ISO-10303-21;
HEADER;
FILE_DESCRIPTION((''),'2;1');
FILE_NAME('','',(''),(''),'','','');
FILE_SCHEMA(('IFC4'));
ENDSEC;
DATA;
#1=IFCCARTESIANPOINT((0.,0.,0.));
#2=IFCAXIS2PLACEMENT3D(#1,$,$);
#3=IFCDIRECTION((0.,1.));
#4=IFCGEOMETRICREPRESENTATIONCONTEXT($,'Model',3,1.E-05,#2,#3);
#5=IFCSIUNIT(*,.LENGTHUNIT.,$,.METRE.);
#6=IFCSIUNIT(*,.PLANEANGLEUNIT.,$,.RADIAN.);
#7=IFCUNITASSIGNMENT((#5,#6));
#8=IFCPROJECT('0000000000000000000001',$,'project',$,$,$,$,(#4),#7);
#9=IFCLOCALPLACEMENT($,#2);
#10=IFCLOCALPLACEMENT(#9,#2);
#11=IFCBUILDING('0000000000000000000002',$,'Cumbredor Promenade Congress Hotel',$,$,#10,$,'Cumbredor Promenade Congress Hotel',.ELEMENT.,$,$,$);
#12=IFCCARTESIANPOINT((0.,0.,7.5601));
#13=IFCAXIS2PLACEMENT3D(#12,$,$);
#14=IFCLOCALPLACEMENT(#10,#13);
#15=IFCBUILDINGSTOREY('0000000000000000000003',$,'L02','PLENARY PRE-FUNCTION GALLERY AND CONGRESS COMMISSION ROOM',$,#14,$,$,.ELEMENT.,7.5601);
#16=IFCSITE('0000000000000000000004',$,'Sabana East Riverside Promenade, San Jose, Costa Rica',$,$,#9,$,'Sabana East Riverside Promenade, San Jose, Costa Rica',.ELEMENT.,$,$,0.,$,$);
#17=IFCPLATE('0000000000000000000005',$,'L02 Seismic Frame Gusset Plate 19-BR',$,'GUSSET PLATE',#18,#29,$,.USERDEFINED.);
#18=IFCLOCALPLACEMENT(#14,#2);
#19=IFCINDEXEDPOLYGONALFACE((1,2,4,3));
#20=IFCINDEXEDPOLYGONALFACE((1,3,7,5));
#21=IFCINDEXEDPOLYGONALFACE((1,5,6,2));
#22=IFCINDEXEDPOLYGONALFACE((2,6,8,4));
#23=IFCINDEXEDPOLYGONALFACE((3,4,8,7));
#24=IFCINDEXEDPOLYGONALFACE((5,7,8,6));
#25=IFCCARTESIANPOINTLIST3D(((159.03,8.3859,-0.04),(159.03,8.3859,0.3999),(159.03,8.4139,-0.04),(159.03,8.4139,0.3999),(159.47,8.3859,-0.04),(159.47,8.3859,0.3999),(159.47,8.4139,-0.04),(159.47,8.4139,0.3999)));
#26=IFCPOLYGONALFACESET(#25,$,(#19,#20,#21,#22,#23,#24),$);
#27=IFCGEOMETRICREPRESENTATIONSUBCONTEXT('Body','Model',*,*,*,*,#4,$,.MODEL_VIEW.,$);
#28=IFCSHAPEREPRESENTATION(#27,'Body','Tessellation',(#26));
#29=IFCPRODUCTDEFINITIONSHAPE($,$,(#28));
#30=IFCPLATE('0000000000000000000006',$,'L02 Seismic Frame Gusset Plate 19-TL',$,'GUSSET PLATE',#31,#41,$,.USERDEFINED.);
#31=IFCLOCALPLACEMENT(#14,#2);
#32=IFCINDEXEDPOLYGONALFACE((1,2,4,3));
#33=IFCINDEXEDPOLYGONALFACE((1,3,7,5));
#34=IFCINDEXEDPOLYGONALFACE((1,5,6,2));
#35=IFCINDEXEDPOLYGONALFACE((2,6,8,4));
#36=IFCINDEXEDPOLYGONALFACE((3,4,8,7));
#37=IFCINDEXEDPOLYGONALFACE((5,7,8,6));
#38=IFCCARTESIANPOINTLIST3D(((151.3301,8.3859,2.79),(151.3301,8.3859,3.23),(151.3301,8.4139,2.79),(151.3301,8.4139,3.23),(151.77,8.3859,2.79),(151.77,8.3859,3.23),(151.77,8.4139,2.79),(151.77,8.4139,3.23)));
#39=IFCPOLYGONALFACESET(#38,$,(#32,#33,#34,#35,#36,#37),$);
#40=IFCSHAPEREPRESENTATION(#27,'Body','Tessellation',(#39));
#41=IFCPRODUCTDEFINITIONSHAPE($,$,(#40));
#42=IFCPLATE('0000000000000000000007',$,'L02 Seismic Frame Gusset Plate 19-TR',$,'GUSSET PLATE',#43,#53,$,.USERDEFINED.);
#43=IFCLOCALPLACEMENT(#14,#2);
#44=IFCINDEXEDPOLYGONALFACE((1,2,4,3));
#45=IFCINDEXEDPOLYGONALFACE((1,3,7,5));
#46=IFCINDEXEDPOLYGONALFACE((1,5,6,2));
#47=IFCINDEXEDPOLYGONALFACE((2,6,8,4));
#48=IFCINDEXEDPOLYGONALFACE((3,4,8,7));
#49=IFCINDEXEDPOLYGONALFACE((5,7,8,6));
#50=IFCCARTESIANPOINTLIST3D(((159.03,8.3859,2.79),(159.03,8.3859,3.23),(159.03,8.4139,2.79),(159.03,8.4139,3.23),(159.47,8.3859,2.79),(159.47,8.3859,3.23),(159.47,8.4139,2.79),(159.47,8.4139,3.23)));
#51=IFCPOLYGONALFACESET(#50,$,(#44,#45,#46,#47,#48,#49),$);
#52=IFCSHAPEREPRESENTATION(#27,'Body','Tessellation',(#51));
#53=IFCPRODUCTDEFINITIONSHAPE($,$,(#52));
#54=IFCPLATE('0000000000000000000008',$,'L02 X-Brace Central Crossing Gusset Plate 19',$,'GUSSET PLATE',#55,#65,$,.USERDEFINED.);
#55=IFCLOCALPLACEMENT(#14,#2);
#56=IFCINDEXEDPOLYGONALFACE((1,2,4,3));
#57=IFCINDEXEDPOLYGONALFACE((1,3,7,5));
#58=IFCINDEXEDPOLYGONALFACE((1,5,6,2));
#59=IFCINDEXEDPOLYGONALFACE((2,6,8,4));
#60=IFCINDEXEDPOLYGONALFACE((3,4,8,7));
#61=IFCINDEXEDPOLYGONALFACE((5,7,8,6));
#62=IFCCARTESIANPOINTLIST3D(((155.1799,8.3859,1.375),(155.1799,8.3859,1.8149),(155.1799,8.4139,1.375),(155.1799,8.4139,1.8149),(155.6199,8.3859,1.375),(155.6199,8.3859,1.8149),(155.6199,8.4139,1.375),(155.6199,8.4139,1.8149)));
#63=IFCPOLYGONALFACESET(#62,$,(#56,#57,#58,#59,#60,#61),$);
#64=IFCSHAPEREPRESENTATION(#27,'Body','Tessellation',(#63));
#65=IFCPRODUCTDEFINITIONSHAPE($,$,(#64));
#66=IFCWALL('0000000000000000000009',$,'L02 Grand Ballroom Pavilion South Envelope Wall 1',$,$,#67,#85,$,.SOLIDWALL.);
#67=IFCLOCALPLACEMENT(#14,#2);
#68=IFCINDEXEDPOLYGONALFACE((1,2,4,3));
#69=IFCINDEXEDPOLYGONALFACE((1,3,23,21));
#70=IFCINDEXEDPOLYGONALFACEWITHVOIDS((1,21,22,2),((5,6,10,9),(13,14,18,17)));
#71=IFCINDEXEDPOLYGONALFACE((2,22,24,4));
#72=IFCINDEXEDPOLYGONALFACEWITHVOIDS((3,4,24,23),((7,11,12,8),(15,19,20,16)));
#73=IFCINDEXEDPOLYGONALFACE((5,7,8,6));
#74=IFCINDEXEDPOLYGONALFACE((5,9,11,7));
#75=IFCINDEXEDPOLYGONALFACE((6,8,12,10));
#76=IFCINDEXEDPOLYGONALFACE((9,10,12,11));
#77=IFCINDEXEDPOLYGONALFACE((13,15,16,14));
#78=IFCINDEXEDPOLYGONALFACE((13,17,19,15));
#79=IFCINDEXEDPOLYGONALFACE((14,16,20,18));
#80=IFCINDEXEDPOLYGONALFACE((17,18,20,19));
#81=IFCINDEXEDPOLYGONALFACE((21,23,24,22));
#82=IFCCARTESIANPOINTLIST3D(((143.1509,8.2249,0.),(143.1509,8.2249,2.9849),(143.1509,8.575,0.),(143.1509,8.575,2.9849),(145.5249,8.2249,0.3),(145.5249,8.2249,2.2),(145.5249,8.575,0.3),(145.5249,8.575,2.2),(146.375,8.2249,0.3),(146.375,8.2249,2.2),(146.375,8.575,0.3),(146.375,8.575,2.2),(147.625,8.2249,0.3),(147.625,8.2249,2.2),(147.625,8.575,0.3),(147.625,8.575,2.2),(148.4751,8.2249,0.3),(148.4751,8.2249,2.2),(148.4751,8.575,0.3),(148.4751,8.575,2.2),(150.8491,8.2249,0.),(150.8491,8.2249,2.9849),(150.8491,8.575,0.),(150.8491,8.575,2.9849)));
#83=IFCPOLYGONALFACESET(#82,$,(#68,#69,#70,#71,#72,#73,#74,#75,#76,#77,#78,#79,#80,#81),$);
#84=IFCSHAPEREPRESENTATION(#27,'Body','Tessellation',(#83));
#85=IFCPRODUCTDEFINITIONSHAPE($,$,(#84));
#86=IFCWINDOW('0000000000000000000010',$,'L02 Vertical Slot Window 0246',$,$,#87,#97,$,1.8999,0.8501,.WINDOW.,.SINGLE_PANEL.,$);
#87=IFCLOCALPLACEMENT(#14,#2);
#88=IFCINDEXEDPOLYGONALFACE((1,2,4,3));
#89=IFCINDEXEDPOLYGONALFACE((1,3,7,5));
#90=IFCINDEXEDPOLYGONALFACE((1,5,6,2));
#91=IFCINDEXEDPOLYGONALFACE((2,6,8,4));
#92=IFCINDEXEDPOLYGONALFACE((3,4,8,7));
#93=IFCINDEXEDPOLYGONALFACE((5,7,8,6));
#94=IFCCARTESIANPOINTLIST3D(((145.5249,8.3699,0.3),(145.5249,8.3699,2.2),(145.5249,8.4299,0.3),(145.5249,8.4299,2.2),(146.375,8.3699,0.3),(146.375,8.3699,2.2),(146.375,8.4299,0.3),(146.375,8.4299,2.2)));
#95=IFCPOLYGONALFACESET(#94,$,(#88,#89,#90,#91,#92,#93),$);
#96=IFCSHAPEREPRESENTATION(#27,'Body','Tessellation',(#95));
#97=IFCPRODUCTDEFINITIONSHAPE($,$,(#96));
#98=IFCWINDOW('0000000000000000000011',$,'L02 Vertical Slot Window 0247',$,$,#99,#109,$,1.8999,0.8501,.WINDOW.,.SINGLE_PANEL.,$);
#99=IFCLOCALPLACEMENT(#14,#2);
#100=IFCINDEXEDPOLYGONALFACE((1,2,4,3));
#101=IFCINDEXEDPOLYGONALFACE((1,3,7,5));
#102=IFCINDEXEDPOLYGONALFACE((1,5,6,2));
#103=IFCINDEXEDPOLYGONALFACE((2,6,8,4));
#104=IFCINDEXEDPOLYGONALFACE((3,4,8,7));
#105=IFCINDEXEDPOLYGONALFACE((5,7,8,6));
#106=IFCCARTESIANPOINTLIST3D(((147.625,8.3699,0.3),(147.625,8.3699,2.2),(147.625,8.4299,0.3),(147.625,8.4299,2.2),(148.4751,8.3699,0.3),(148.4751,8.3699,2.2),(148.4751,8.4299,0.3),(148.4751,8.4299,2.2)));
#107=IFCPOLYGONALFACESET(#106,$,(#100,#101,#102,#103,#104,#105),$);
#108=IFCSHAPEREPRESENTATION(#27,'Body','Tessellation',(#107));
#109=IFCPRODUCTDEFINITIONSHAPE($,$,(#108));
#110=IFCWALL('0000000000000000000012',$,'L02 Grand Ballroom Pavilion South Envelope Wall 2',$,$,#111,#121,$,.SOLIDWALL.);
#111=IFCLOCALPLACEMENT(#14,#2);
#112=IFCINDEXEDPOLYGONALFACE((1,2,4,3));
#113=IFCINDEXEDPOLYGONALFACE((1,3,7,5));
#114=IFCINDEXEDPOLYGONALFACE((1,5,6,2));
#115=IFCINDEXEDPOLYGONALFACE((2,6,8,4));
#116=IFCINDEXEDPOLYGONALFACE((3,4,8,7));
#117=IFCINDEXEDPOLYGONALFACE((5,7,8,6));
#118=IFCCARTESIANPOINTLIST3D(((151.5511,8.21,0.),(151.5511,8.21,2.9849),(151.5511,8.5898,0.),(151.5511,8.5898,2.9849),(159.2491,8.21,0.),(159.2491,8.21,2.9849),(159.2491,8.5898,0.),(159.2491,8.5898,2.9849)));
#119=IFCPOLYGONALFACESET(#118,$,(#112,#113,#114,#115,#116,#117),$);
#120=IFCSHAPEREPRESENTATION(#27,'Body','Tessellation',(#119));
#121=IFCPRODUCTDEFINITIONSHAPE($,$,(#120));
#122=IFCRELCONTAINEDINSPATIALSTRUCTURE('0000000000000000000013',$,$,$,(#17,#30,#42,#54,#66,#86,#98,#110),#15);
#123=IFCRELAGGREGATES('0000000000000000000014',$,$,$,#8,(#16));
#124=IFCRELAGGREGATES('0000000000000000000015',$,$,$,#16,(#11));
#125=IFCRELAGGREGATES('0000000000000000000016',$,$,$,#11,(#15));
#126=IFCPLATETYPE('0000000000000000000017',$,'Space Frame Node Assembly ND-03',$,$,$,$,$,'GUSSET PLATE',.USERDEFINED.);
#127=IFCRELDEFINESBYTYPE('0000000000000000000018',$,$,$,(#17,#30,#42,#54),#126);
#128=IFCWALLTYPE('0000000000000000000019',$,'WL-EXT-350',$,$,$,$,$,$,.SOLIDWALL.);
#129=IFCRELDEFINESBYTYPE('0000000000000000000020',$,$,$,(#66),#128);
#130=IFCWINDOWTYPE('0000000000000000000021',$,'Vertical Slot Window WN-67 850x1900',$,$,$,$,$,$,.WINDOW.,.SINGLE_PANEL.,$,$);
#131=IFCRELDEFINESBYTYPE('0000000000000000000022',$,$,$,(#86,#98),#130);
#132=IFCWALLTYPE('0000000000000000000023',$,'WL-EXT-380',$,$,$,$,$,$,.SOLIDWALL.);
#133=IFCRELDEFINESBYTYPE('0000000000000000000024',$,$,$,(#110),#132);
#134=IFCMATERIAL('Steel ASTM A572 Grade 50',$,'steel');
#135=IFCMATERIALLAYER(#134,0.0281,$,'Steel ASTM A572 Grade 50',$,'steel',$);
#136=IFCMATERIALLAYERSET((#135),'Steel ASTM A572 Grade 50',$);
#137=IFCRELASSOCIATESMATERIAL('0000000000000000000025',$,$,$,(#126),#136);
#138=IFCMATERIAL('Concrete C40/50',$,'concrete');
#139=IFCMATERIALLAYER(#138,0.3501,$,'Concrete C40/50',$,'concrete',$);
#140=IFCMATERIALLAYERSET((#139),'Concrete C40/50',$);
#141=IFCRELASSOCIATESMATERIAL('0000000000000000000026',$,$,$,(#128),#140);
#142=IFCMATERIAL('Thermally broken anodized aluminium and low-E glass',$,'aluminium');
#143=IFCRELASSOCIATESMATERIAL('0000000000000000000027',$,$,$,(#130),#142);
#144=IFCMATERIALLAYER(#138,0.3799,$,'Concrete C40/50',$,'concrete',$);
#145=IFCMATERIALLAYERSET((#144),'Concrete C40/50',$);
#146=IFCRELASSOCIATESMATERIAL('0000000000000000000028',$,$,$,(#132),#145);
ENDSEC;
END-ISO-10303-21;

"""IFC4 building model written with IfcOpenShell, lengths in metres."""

from ifc_helpers import new_model, si_unit, direction, frame, frame_2d, origin, origin_2d, place, context, subcontext, project, spatial, rectangle, extrude, material, layer, layer_set, type_object, element, fill, save


model = new_model("IFC4")

# Units and contexts
model_context = context("Model", 3, precision=1e-05, world=origin(), true_north=direction((0.0, 1.0)))
body_context = subcontext(model_context, "Body", "Model", "MODEL_VIEW")
ifc_project = project(units=[si_unit("LENGTHUNIT", "METRE"), si_unit("PLANEANGLEUNIT", "RADIAN")], contexts=[model_context])

# Site, building, storey
site_placement = place(None, origin())
site = spatial("IfcSite", under=ifc_project, at=site_placement, Name="Sabana East Riverside Promenade, San Jose, Costa Rica", LongName="Sabana East Riverside Promenade, San Jose, Costa Rica", CompositionType="ELEMENT", RefElevation=0.0)
building_placement = place(site_placement, origin())
building = spatial("IfcBuilding", under=site, at=building_placement, Name="Cumbredor Promenade Congress Hotel", LongName="Cumbredor Promenade Congress Hotel", CompositionType="ELEMENT")
storey_placement = place(building_placement, frame((0.0, 0.0, 7.5601)))
storey = spatial("IfcBuildingStorey", under=building, at=storey_placement, Name="L02", Description="PLENARY PRE-FUNCTION GALLERY AND CONGRESS COMMISSION ROOM", CompositionType="ELEMENT", Elevation=7.5601)

# Shared definitions
ifc_material_1 = material(Name="Concrete C40/50", Category="concrete")

# Shared definitions
ifc_material_2 = material(Name="Thermally broken anodized aluminium and low-E glass", Category="aluminium")

# Shared definitions
ifc_material_3 = material(Name="Steel ASTM A572 Grade 50", Category="steel")

# Plates
ifc_layer_1 = layer(ifc_material_3, 0.0281, Name="Steel ASTM A572 Grade 50", Category="steel")
ifc_layer_set_1 = layer_set([ifc_layer_1], Name="Steel ASTM A572 Grade 50")
plate_type_1 = type_object("IfcPlateType", Name="Space Frame Node Assembly ND-03", ElementType="GUSSET PLATE", PredefinedType="USERDEFINED", material=ifc_layer_set_1)
for number, where, z_axis, x_axis, name in (
    (1, (159.25, 8.3999, -0.04), (0.0, 0.0, 1.0), (1.0, 0.0, 0.0), "L02 Seismic Frame Gusset Plate 19-BR"),
    (2, (151.55, 8.3999, 2.79), (0.0, 0.0, 1.0), (1.0, 0.0, 0.0), "L02 Seismic Frame Gusset Plate 19-TL"),
    (3, (159.25, 8.3999, 2.79), (0.0, 0.0, 1.0), (1.0, 0.0, 0.0), "L02 Seismic Frame Gusset Plate 19-TR"),
    (4, (155.3999, 8.3999, 1.375), (0.0, 0.0, 1.0), (1.0, 0.0, 0.0), "L02 X-Brace Central Crossing Gusset Plate 19"),
):
    element("IfcPlate", number, at=place(storey_placement, frame(where, z_axis=z_axis, x_axis=x_axis)), inside=storey, type_object=plate_type_1, Name=name, ObjectType="GUSSET PLATE", PredefinedType="USERDEFINED", context=body_context, shape_type="SweptSolid", body=[
        extrude(rectangle(XDim=0.4399, YDim=0.0281, at=origin_2d()), origin(), (0.0, 0.0, 1.0), 0.4399),
    ])

# Wall, openings, windows
ifc_layer_2 = layer(ifc_material_1, 0.3501, Name="Concrete C40/50", Category="concrete")
ifc_layer_set_2 = layer_set([ifc_layer_2], Name="Concrete C40/50")
wall_type_1 = type_object("IfcWallType", Name="WL-EXT-350", PredefinedType="SOLIDWALL", material=ifc_layer_set_2)
wall_1_placement = place(storey_placement, frame((143.1509, 8.3999, 0.0), z_axis=(0.0, 0.0, 1.0), x_axis=(1.0, 0.0, 0.0)))
wall_1 = element("IfcWall", 5, at=wall_1_placement, inside=storey, type_object=wall_type_1, Name="L02 Grand Ballroom Pavilion South Envelope Wall 1", PredefinedType="SOLIDWALL", context=body_context, shape_type="SweptSolid", body=[
    extrude(rectangle(XDim=7.6982, YDim=0.3501, at=frame_2d((3.8491, 0.0))), origin(), (0.0, 0.0, 1.0), 2.9849),
])
opening_1_placement = place(wall_1_placement, frame((2.374, 0.0, 0.3)))
opening_1 = element("IfcOpeningElement", 6, at=opening_1_placement, cuts=wall_1, PredefinedType="OPENING", context=body_context, shape_type="SweptSolid", body=[
    extrude(rectangle(XDim=0.8501, YDim=1.8999, at=frame_2d((0.425, 0.95))), frame((0.0, 0.1851, 0.0), z_axis=(0.0, -1.0, 0.0), x_axis=(1.0, 0.0, 0.0)), (0.0, 0.0, 1.0), 0.3701),
])
opening_2_placement = place(wall_1_placement, frame((4.4741, 0.0, 0.3)))
opening_2 = element("IfcOpeningElement", 7, at=opening_2_placement, cuts=wall_1, PredefinedType="OPENING", context=body_context, shape_type="SweptSolid", body=[
    extrude(rectangle(XDim=0.8501, YDim=1.8999, at=frame_2d((0.425, 0.95))), frame((0.0, 0.1851, 0.0), z_axis=(0.0, -1.0, 0.0), x_axis=(1.0, 0.0, 0.0)), (0.0, 0.0, 1.0), 0.3701),
])
window_type = type_object("IfcWindowType", Name="Vertical Slot Window WN-67 850x1900", PartitioningType="SINGLE_PANEL", PredefinedType="WINDOW", material=ifc_material_2)
window_1_placement = place(opening_1_placement, origin())
window_1 = element("IfcWindow", 8, at=window_1_placement, inside=storey, type_object=window_type, Name="L02 Vertical Slot Window 0246", OverallHeight=1.8999, OverallWidth=0.8501, PartitioningType="SINGLE_PANEL", PredefinedType="WINDOW", context=body_context, shape_type="SweptSolid", body=[
    extrude(rectangle(XDim=0.8501, YDim=1.8999, at=frame_2d((0.425, 0.95))), frame((0.0, 0.03, 0.0), z_axis=(0.0, -1.0, 0.0), x_axis=(1.0, 0.0, 0.0)), (0.0, 0.0, 1.0), 0.0601),
])
fill(opening_1, window_1)
window_2_placement = place(opening_2_placement, origin())
window_2 = element("IfcWindow", 9, at=window_2_placement, inside=storey, type_object=window_type, Name="L02 Vertical Slot Window 0247", OverallHeight=1.8999, OverallWidth=0.8501, PartitioningType="SINGLE_PANEL", PredefinedType="WINDOW", context=body_context, shape_type="SweptSolid", body=[
    extrude(rectangle(XDim=0.8501, YDim=1.8999, at=frame_2d((0.425, 0.95))), frame((0.0, 0.03, 0.0), z_axis=(0.0, -1.0, 0.0), x_axis=(1.0, 0.0, 0.0)), (0.0, 0.0, 1.0), 0.0601),
])
fill(opening_2, window_2)

# Wall
ifc_layer_3 = layer(ifc_material_1, 0.3799, Name="Concrete C40/50", Category="concrete")
ifc_layer_set_3 = layer_set([ifc_layer_3], Name="Concrete C40/50")
wall_type_2 = type_object("IfcWallType", Name="WL-EXT-380", PredefinedType="SOLIDWALL", material=ifc_layer_set_3)
wall_2_placement = place(storey_placement, frame((151.551, 8.3999, 0.0), z_axis=(0.0, 0.0, 1.0), x_axis=(1.0, 0.0, 0.0)))
element("IfcWall", 10, at=wall_2_placement, inside=storey, type_object=wall_type_2, Name="L02 Grand Ballroom Pavilion South Envelope Wall 2", PredefinedType="SOLIDWALL", context=body_context, shape_type="SweptSolid", body=[
    extrude(rectangle(XDim=7.698, YDim=0.3799, at=frame_2d((3.8491, 0.0))), origin(), (0.0, 0.0, 1.0), 2.9849),
])

save(model, "model.ifc")
